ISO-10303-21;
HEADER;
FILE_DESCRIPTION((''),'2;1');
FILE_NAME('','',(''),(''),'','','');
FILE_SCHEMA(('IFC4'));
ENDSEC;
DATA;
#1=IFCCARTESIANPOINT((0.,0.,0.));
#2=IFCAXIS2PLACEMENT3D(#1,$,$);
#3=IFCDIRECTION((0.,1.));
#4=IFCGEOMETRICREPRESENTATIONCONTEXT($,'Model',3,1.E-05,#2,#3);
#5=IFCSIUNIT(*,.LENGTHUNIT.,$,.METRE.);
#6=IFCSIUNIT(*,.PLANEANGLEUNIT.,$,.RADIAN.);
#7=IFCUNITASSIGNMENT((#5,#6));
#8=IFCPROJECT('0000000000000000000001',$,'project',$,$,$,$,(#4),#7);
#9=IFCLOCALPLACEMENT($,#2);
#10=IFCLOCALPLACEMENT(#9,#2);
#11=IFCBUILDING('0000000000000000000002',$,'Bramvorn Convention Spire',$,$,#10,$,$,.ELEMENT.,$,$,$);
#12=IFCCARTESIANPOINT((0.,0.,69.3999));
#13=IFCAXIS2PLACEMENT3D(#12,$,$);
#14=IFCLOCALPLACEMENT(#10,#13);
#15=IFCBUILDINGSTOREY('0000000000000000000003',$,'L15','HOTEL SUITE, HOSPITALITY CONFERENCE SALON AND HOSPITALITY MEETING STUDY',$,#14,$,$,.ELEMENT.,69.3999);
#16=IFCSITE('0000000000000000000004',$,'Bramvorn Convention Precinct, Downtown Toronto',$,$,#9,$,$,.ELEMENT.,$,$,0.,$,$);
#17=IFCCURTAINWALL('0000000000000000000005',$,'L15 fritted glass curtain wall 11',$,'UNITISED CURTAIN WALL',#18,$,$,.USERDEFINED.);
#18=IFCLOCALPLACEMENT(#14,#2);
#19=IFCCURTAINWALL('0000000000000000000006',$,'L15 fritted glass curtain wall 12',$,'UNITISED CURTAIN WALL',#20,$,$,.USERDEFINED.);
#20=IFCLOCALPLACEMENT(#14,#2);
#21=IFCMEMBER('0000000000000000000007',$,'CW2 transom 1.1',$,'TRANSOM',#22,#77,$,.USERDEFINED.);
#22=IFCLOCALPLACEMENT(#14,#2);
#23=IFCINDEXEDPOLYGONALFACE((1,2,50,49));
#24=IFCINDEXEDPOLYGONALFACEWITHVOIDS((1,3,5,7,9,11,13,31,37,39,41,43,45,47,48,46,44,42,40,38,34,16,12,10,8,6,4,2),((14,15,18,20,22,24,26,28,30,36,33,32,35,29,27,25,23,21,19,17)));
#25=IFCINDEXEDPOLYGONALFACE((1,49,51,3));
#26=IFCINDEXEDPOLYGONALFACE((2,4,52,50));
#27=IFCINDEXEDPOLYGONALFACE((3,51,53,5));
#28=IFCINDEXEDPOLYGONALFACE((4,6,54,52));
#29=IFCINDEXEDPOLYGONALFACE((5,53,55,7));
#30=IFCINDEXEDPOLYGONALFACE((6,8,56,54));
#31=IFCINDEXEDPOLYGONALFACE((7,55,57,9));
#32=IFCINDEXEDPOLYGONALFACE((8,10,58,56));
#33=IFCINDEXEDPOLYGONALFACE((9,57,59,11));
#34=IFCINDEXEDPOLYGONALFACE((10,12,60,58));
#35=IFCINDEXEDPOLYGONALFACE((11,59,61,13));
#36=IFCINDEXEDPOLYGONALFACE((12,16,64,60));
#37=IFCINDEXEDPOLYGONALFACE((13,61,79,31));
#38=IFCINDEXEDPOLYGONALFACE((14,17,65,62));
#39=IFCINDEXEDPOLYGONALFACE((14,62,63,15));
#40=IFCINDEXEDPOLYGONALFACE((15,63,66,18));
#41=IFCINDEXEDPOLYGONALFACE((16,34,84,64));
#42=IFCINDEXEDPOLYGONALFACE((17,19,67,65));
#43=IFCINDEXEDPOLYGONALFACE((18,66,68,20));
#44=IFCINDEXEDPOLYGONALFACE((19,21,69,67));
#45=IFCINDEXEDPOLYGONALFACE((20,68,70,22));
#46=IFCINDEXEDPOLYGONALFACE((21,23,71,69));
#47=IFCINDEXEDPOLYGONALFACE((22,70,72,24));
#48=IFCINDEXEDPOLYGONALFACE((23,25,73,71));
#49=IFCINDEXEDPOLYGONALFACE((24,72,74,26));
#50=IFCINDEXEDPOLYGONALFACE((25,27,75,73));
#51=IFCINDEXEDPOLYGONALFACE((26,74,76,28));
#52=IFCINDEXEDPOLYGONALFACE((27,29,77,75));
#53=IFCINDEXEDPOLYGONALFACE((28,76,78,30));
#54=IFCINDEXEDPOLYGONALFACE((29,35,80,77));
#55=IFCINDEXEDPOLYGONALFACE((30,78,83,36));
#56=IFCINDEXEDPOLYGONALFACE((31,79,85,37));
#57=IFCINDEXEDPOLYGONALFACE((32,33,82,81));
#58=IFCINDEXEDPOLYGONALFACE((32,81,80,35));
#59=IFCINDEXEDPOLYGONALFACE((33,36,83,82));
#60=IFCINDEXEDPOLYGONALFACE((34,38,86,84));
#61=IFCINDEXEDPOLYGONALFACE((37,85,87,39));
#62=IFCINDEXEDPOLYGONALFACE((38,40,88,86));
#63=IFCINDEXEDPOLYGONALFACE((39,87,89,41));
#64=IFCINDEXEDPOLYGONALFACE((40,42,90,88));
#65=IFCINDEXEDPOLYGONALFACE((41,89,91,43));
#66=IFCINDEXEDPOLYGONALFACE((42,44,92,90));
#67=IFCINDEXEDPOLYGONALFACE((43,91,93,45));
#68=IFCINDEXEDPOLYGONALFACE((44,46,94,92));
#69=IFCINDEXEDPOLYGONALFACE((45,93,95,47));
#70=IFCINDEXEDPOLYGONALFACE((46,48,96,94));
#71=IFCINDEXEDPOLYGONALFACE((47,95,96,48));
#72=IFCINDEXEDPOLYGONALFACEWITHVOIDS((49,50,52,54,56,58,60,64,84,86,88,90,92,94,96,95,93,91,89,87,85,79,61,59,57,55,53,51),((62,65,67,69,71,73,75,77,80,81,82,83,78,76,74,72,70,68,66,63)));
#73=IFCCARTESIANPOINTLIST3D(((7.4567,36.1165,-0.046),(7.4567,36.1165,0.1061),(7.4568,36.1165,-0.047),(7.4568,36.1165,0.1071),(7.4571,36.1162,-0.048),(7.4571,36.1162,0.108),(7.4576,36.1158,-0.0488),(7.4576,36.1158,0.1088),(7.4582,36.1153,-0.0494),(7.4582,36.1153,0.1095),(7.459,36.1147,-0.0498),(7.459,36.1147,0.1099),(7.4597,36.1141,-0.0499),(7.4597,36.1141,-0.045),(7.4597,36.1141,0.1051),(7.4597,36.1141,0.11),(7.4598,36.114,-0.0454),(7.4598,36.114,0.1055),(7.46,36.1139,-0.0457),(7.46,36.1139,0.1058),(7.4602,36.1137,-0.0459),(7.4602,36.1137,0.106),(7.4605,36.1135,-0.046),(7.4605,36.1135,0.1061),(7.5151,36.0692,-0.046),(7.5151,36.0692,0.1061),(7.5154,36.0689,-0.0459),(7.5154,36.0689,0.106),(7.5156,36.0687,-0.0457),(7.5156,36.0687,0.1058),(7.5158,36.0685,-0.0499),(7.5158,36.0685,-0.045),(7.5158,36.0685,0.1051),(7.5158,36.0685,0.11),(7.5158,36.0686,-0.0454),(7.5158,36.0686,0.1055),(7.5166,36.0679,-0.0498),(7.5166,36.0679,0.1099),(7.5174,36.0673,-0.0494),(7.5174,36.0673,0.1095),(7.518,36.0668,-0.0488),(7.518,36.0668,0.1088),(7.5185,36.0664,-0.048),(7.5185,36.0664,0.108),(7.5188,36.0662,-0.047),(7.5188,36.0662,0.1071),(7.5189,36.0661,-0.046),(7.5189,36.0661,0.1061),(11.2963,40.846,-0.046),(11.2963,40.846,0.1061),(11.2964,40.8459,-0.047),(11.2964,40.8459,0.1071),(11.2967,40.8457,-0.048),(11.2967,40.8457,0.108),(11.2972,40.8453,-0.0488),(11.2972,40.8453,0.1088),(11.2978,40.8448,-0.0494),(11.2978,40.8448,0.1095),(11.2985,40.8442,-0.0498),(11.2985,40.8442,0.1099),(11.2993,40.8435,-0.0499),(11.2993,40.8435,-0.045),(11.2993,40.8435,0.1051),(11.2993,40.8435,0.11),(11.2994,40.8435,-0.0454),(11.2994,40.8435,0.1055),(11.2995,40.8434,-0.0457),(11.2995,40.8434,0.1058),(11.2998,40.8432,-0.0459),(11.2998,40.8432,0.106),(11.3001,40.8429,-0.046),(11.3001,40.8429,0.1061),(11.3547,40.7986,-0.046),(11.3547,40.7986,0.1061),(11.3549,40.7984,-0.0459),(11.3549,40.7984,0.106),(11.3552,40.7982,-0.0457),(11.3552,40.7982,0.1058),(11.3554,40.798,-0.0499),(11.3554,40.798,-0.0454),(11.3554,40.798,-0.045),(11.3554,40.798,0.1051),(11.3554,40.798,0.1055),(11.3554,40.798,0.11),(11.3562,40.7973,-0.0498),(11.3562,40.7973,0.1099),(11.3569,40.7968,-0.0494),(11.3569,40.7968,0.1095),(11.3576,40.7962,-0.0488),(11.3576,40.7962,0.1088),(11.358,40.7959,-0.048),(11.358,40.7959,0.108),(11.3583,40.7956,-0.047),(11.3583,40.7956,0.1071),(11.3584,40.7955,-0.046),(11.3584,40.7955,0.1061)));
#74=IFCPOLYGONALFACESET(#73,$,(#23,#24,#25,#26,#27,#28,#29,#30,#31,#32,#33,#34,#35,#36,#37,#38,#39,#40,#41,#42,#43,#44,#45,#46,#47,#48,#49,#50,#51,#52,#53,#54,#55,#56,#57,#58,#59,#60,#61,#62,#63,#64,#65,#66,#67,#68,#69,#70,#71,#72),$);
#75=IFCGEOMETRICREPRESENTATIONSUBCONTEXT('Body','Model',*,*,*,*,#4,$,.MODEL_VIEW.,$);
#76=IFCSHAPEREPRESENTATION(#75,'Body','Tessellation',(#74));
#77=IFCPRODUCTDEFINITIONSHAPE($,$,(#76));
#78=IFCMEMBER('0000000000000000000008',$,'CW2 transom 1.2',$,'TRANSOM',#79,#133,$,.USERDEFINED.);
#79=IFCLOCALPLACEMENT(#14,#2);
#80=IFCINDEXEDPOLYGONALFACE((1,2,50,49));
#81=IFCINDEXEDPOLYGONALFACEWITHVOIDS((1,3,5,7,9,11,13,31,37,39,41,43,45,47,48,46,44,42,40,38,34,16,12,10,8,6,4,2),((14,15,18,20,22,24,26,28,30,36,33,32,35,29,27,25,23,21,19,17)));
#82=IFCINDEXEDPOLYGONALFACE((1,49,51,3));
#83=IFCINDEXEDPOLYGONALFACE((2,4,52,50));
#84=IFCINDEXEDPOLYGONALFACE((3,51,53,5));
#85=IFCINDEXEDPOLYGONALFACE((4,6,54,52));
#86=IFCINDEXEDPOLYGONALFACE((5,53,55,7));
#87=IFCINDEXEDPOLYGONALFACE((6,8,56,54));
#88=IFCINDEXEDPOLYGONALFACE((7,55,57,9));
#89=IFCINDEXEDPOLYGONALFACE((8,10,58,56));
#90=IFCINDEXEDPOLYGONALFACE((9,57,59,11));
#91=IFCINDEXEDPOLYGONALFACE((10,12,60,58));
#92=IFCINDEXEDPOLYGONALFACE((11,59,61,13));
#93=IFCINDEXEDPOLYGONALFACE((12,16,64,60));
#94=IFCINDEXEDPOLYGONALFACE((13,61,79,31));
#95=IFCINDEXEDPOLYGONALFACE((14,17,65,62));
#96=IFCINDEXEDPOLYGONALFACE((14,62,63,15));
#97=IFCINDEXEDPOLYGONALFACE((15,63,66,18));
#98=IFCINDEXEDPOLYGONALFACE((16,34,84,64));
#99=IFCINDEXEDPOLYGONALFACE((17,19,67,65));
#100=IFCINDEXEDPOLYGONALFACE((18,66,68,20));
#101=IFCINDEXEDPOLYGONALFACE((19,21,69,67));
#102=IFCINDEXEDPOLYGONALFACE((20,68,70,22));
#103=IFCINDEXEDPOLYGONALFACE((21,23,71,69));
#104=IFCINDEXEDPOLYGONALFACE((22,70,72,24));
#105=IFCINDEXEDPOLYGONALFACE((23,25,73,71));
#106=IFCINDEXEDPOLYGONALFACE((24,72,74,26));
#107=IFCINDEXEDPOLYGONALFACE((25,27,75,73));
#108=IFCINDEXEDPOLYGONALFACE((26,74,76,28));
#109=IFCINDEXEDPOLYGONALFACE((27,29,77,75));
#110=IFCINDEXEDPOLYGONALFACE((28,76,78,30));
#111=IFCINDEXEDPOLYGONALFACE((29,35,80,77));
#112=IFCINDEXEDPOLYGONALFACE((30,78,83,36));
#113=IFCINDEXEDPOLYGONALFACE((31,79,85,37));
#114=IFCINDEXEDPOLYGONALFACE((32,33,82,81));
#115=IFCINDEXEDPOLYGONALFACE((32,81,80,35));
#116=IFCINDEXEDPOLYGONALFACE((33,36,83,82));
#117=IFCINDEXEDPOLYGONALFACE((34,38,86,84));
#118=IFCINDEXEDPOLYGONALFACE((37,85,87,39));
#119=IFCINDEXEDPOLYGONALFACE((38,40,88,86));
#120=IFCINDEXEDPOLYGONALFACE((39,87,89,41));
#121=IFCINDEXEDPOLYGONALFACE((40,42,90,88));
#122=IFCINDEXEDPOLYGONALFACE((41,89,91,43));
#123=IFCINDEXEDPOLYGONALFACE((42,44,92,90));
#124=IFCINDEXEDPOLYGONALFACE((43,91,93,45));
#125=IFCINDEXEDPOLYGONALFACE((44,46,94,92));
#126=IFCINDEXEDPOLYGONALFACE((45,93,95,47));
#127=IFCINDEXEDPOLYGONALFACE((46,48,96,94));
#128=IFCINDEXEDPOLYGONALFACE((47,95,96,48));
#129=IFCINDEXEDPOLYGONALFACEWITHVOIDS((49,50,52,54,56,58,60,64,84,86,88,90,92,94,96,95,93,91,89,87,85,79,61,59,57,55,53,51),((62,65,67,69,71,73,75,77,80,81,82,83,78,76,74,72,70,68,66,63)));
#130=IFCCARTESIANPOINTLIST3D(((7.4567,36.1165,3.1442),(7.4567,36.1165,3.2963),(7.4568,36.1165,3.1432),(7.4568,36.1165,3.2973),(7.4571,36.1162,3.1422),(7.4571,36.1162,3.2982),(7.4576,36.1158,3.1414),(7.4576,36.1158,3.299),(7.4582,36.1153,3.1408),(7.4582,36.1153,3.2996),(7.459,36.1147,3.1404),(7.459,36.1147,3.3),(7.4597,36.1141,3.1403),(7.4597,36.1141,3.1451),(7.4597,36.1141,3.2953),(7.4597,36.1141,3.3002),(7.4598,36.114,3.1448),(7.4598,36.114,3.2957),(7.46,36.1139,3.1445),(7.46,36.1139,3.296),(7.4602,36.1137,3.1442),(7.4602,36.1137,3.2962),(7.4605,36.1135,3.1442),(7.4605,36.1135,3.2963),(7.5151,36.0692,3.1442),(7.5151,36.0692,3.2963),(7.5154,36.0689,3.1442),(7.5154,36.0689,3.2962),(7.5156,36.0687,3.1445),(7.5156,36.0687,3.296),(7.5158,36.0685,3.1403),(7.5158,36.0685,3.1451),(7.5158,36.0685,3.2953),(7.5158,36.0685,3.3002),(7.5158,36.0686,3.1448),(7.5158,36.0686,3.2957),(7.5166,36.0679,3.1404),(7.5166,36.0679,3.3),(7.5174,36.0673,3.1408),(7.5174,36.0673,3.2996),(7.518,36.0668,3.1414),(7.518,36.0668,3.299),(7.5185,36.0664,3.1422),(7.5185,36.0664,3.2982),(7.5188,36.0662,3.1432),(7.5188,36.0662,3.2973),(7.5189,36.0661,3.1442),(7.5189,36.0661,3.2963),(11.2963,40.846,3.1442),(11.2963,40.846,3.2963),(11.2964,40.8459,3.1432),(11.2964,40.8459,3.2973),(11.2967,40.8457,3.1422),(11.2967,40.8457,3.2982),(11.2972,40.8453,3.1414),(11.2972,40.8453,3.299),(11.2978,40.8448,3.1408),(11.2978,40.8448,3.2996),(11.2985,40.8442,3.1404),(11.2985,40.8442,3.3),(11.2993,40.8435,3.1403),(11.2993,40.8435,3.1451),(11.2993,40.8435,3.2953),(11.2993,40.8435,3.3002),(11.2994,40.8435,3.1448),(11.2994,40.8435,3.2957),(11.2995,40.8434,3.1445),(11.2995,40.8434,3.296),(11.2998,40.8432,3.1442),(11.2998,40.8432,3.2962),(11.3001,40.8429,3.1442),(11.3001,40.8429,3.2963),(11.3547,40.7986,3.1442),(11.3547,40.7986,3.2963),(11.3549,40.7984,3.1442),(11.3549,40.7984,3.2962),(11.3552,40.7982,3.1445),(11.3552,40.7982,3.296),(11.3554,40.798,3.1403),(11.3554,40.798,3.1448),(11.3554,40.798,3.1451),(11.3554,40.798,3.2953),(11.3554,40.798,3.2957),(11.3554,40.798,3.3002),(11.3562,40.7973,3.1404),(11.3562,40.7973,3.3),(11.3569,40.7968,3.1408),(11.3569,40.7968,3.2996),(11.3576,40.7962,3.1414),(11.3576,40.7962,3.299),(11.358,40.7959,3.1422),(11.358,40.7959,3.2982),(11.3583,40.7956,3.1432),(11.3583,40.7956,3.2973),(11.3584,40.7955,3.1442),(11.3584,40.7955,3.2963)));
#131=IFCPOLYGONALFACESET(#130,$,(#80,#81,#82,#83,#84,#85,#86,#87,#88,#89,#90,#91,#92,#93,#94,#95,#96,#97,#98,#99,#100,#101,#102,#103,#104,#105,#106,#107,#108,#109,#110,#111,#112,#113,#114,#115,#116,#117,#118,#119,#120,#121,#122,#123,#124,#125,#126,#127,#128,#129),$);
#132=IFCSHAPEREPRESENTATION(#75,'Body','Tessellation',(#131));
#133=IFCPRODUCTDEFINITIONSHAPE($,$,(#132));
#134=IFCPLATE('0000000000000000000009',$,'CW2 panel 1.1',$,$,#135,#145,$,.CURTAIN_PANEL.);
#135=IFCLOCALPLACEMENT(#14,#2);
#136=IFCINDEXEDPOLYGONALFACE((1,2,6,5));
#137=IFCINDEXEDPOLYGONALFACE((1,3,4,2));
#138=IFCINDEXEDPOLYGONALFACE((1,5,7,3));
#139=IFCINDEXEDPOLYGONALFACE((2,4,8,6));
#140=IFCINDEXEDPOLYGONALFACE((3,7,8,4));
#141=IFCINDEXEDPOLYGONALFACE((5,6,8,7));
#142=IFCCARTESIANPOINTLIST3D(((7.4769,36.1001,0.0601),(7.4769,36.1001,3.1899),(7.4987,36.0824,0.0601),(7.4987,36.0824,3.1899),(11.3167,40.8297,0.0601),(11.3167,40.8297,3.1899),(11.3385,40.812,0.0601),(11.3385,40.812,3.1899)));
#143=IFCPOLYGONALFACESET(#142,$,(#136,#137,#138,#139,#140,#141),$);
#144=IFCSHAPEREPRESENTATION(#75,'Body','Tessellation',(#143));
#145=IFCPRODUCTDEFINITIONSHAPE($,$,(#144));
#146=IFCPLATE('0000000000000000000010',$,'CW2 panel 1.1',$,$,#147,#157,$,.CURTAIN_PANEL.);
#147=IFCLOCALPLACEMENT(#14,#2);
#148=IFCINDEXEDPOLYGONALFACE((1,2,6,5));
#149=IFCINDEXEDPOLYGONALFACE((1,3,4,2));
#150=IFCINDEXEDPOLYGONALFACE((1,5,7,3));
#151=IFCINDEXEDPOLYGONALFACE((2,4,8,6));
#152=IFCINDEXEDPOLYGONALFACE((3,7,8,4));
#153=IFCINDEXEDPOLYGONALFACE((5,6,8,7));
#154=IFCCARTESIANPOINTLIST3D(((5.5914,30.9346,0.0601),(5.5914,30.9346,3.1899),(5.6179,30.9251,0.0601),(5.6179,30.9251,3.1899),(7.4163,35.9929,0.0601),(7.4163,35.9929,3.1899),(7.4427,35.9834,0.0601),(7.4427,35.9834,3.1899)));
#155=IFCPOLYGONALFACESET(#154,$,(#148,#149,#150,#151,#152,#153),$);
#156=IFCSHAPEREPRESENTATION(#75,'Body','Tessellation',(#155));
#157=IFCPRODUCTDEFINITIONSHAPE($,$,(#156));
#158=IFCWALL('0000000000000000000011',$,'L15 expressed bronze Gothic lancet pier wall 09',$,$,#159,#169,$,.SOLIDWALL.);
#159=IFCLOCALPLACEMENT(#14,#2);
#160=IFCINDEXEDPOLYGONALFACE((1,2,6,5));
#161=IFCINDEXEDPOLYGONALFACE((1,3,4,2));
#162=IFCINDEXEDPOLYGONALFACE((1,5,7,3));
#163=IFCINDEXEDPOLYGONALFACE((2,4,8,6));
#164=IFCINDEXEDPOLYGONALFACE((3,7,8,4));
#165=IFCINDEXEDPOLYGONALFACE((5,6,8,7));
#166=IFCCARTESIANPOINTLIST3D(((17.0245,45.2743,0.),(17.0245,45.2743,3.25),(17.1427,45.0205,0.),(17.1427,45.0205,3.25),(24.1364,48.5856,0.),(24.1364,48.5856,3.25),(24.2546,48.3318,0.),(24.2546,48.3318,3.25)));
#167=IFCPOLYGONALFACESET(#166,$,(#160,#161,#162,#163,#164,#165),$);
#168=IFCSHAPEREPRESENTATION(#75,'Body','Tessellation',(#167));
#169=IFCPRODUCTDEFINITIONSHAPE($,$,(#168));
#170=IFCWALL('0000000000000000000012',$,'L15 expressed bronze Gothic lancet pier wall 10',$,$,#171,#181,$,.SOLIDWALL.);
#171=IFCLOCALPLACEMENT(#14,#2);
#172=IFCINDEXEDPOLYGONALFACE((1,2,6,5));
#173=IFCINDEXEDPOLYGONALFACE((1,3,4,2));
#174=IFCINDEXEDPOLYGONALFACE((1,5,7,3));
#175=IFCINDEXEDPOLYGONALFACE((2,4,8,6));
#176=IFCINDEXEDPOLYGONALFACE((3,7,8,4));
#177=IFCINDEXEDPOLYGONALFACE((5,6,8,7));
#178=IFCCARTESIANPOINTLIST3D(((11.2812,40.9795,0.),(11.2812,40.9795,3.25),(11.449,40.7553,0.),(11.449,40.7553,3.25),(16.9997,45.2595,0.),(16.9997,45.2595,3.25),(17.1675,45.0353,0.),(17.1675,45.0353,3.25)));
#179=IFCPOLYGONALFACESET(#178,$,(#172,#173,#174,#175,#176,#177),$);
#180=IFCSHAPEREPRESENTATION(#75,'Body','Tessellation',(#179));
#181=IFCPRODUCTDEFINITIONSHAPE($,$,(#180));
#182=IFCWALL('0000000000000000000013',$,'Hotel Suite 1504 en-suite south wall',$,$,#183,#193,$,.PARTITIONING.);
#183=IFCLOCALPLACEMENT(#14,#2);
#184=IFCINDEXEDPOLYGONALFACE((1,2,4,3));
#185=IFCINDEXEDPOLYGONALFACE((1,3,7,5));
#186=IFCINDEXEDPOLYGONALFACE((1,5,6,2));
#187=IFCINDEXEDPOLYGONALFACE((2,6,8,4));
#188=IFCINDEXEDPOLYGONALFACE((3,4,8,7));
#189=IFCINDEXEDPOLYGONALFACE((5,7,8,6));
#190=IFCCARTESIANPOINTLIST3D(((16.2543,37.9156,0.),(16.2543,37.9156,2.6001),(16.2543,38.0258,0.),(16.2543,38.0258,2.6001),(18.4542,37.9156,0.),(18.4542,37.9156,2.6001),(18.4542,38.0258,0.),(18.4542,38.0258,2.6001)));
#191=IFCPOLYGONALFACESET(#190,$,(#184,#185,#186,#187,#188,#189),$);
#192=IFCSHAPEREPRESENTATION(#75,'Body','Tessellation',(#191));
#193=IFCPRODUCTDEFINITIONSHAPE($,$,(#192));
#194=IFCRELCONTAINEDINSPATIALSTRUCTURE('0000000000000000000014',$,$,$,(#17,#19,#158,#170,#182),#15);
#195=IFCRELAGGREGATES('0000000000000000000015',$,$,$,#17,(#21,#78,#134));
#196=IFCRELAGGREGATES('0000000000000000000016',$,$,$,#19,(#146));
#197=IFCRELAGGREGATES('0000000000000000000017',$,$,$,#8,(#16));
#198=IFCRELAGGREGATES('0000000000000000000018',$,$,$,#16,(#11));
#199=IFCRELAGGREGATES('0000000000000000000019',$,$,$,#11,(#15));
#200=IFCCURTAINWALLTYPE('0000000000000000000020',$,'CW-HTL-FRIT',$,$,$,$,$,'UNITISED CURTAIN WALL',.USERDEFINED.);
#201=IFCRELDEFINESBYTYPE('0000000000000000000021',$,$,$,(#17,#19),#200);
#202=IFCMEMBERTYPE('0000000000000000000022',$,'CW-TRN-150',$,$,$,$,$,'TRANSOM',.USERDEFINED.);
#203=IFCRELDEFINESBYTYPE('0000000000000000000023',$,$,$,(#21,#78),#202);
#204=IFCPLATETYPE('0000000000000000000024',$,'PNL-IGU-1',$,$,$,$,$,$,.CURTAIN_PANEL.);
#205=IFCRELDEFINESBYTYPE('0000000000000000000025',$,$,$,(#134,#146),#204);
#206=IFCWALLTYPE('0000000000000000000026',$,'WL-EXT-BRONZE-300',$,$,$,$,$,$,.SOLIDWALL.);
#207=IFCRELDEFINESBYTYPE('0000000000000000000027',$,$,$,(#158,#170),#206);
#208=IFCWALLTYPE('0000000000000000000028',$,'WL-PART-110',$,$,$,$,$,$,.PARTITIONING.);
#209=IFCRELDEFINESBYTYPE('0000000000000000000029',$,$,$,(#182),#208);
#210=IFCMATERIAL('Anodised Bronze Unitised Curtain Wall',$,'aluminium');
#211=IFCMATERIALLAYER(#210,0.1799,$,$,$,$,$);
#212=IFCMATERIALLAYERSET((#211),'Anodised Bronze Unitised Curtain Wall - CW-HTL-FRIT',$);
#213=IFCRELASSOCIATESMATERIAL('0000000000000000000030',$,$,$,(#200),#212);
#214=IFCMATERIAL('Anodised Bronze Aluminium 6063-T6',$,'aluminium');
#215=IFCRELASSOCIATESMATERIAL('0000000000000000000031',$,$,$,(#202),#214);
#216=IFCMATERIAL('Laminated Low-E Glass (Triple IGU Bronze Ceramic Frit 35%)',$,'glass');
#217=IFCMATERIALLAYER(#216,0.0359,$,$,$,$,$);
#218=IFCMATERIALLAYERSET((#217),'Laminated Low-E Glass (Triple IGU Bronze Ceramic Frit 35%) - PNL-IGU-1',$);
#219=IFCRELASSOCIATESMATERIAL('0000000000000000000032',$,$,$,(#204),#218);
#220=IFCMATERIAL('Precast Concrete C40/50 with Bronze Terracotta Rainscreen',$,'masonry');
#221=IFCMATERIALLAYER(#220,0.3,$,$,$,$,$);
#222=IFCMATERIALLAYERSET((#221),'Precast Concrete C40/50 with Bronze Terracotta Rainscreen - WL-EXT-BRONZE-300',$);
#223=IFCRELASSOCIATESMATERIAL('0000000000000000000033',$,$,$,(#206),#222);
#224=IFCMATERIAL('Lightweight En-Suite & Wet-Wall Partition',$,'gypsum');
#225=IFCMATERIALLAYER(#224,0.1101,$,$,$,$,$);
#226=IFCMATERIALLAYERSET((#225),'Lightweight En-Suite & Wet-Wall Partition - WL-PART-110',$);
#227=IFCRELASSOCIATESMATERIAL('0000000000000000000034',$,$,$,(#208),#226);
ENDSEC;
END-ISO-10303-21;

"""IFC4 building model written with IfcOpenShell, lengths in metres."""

from ifc_helpers import new_model, si_unit, direction, frame, frame_2d, origin, origin_2d, place, context, subcontext, project, spatial, rectangle, hollow_rectangle, extrude, material, layer, layer_set, material_profile, profile_set, type_object, element, aggregate, save


model = new_model("IFC4")

# Units and contexts
model_context = context("Model", 3, precision=1e-05, world=origin(), true_north=direction((0.0, 1.0)))
body_context = subcontext(model_context, "Body", "Model", "MODEL_VIEW")
ifc_project = project(units=[si_unit("LENGTHUNIT", "METRE"), si_unit("PLANEANGLEUNIT", "RADIAN")], contexts=[model_context])

# Site, building, storey
site_placement = place(None, origin())
site = spatial("IfcSite", under=ifc_project, at=site_placement, Name="Bramvorn Convention Precinct, Downtown Toronto", CompositionType="ELEMENT", RefElevation=0.0)
building_placement = place(site_placement, origin())
building = spatial("IfcBuilding", under=site, at=building_placement, Name="Bramvorn Convention Spire", CompositionType="ELEMENT")
storey_placement = place(building_placement, frame((0.0, 0.0, 69.3999)))
storey = spatial("IfcBuildingStorey", under=building, at=storey_placement, Name="L15", Description="HOTEL SUITE, HOSPITALITY CONFERENCE SALON AND HOSPITALITY MEETING STUDY", CompositionType="ELEMENT", Elevation=69.3999)

# Curtain wall
ifc_material_1 = material(Name="Anodised Bronze Unitised Curtain Wall", Category="aluminium")
ifc_layer_1 = layer(ifc_material_1, 0.1799)
ifc_layer_set_1 = layer_set([ifc_layer_1], Name="Anodised Bronze Unitised Curtain Wall - CW-HTL-FRIT")
curtain_wall_type = type_object("IfcCurtainWallType", Name="CW-HTL-FRIT", ElementType="UNITISED CURTAIN WALL", PredefinedType="USERDEFINED", material=ifc_layer_set_1)
curtain_wall_1_placement = place(storey_placement, origin())
curtain_wall_1 = element("IfcCurtainWall", 1, at=curtain_wall_1_placement, inside=storey, type_object=curtain_wall_type, Name="L15 fritted glass curtain wall 11", ObjectType="UNITISED CURTAIN WALL", PredefinedType="USERDEFINED")
ifc_material_2 = material(Name="Anodised Bronze Aluminium 6063-T6", Category="aluminium")

# Curtain wall
curtain_wall_2_placement = place(storey_placement, origin())
curtain_wall_2 = element("IfcCurtainWall", 2, at=curtain_wall_2_placement, inside=storey, type_object=curtain_wall_type, Name="L15 fritted glass curtain wall 12", ObjectType="UNITISED CURTAIN WALL", PredefinedType="USERDEFINED")

# Members
ifc_material_profile_1 = material_profile(ifc_material_2, hollow_rectangle(XDim=0.0801, YDim=0.1599, WallThickness=0.0039, InnerFilletRadius=0.001, OuterFilletRadius=0.0039, at=origin_2d()))
ifc_profile_set_1 = profile_set([ifc_material_profile_1], Name="Anodised Bronze Aluminium 6063-T6 - CWT80X160")
member_type_1 = type_object("IfcMemberType", Name="CW-TRN-150", ElementType="TRANSOM", PredefinedType="USERDEFINED", material=ifc_profile_set_1)
member_1_placement = place(storey_placement, frame((7.4878, 36.0913, 0.03), z_axis=(0.630285, 0.776364, 0.0), x_axis=(-0.776364, 0.630285, 0.0)))
member_1 = element("IfcMember", 3, at=member_1_placement, type_object=member_type_1, Name="CW2 transom 1.1", ObjectType="TRANSOM", PredefinedType="USERDEFINED", context=body_context, shape_type="SweptSolid", body=[
    extrude(hollow_rectangle(XDim=0.0801, YDim=0.1599, WallThickness=0.0039, InnerFilletRadius=0.001, OuterFilletRadius=0.0039, at=origin_2d()), origin(), (0.0, 0.0, 1.0), 6.0918),
])
member_2_placement = place(storey_placement, frame((7.4878, 36.0913, 3.2202), z_axis=(0.630285, 0.776364, 0.0), x_axis=(-0.776364, 0.630285, 0.0)))
member_2 = element("IfcMember", 4, at=member_2_placement, type_object=member_type_1, Name="CW2 transom 1.2", ObjectType="TRANSOM", PredefinedType="USERDEFINED", context=body_context, shape_type="SweptSolid", body=[
    extrude(hollow_rectangle(XDim=0.0801, YDim=0.1599, WallThickness=0.0039, InnerFilletRadius=0.001, OuterFilletRadius=0.0039, at=origin_2d()), origin(), (0.0, 0.0, 1.0), 6.0918),
])

# Plates
ifc_material_3 = material(Name="Laminated Low-E Glass (Triple IGU Bronze Ceramic Frit 35%)", Category="glass")
ifc_layer_2 = layer(ifc_material_3, 0.0359)
ifc_layer_set_2 = layer_set([ifc_layer_2], Name="Laminated Low-E Glass (Triple IGU Bronze Ceramic Frit 35%) - PNL-IGU-1")
plate_type = type_object("IfcPlateType", Name="PNL-IGU-1", PredefinedType="CURTAIN_PANEL", material=ifc_layer_set_2)
plate_1_placement = place(storey_placement, frame((9.4077, 38.4561, 0.0601), z_axis=(0.0, 0.0, 1.0), x_axis=(0.63029, 0.77636, 0.0)))
plate_1 = element("IfcPlate", 5, at=plate_1_placement, type_object=plate_type, Name="CW2 panel 1.1", PredefinedType="CURTAIN_PANEL", context=body_context, shape_type="SweptSolid", body=[
    extrude(rectangle(XDim=6.092, YDim=0.0281, at=origin_2d()), origin(), (0.0, 0.0, 1.0), 3.1299),
])
aggregate(curtain_wall_1, [member_1, member_2, plate_1])
plate_2_placement = place(storey_placement, frame((6.5171, 33.459, 0.0601), z_axis=(0.0, 0.0, 1.0), x_axis=(0.339358, 0.940657, 0.0)))
plate_2 = element("IfcPlate", 6, at=plate_2_placement, type_object=plate_type, Name="CW2 panel 1.1", PredefinedType="CURTAIN_PANEL", context=body_context, shape_type="SweptSolid", body=[
    extrude(rectangle(XDim=5.3774, YDim=0.0281, at=origin_2d()), origin(), (0.0, 0.0, 1.0), 3.1299),
])
aggregate(curtain_wall_2, [plate_2])

# Walls
ifc_material_4 = material(Name="Precast Concrete C40/50 with Bronze Terracotta Rainscreen", Category="masonry")
ifc_layer_3 = layer(ifc_material_4, 0.3)
ifc_layer_set_3 = layer_set([ifc_layer_3], Name="Precast Concrete C40/50 with Bronze Terracotta Rainscreen - WL-EXT-BRONZE-300")
wall_type_1 = type_object("IfcWallType", Name="WL-EXT-BRONZE-300", PredefinedType="SOLIDWALL", material=ifc_layer_set_3)
wall_1_placement = place(storey_placement, frame((17.0837, 45.1475, 0.0), z_axis=(0.0, 0.0, 1.0), x_axis=(0.906552, 0.422093, 0.0)))
element("IfcWall", 7, at=wall_1_placement, inside=storey, type_object=wall_type_1, Name="L15 expressed bronze Gothic lancet pier wall 09", PredefinedType="SOLIDWALL", context=body_context, shape_type="SweptSolid", body=[
    extrude(rectangle(XDim=7.845, YDim=0.28, at=frame_2d((3.9224, 0.0))), origin(), (0.0, 0.0, 1.0), 3.25),
])
wall_2_placement = place(storey_placement, frame((11.3652, 40.8674, 0.0), z_axis=(0.0, 0.0, 1.0), x_axis=(0.800594, 0.599207, 0.0)))
element("IfcWall", 8, at=wall_2_placement, inside=storey, type_object=wall_type_1, Name="L15 expressed bronze Gothic lancet pier wall 10", PredefinedType="SOLIDWALL", context=body_context, shape_type="SweptSolid", body=[
    extrude(rectangle(XDim=7.1428, YDim=0.28, at=frame_2d((3.5713, 0.0))), origin(), (0.0, 0.0, 1.0), 3.25),
])
ifc_material_5 = material(Name="Lightweight En-Suite & Wet-Wall Partition", Category="gypsum")
ifc_layer_4 = layer(ifc_material_5, 0.1101)
ifc_layer_set_4 = layer_set([ifc_layer_4], Name="Lightweight En-Suite & Wet-Wall Partition - WL-PART-110")
wall_type_2 = type_object("IfcWallType", Name="WL-PART-110", PredefinedType="PARTITIONING", material=ifc_layer_set_4)
wall_3_placement = place(storey_placement, frame((16.2542, 37.9707, 0.0), z_axis=(0.0, 0.0, 1.0), x_axis=(1.0, 0.0, 0.0)))
element("IfcWall", 9, at=wall_3_placement, inside=storey, type_object=wall_type_2, Name="Hotel Suite 1504 en-suite south wall", PredefinedType="PARTITIONING", context=body_context, shape_type="SweptSolid", body=[
    extrude(rectangle(XDim=2.2, YDim=0.1101, at=frame_2d((1.1001, 0.0))), origin(), (0.0, 0.0, 1.0), 2.6001),
])

save(model, "model.ifc")
